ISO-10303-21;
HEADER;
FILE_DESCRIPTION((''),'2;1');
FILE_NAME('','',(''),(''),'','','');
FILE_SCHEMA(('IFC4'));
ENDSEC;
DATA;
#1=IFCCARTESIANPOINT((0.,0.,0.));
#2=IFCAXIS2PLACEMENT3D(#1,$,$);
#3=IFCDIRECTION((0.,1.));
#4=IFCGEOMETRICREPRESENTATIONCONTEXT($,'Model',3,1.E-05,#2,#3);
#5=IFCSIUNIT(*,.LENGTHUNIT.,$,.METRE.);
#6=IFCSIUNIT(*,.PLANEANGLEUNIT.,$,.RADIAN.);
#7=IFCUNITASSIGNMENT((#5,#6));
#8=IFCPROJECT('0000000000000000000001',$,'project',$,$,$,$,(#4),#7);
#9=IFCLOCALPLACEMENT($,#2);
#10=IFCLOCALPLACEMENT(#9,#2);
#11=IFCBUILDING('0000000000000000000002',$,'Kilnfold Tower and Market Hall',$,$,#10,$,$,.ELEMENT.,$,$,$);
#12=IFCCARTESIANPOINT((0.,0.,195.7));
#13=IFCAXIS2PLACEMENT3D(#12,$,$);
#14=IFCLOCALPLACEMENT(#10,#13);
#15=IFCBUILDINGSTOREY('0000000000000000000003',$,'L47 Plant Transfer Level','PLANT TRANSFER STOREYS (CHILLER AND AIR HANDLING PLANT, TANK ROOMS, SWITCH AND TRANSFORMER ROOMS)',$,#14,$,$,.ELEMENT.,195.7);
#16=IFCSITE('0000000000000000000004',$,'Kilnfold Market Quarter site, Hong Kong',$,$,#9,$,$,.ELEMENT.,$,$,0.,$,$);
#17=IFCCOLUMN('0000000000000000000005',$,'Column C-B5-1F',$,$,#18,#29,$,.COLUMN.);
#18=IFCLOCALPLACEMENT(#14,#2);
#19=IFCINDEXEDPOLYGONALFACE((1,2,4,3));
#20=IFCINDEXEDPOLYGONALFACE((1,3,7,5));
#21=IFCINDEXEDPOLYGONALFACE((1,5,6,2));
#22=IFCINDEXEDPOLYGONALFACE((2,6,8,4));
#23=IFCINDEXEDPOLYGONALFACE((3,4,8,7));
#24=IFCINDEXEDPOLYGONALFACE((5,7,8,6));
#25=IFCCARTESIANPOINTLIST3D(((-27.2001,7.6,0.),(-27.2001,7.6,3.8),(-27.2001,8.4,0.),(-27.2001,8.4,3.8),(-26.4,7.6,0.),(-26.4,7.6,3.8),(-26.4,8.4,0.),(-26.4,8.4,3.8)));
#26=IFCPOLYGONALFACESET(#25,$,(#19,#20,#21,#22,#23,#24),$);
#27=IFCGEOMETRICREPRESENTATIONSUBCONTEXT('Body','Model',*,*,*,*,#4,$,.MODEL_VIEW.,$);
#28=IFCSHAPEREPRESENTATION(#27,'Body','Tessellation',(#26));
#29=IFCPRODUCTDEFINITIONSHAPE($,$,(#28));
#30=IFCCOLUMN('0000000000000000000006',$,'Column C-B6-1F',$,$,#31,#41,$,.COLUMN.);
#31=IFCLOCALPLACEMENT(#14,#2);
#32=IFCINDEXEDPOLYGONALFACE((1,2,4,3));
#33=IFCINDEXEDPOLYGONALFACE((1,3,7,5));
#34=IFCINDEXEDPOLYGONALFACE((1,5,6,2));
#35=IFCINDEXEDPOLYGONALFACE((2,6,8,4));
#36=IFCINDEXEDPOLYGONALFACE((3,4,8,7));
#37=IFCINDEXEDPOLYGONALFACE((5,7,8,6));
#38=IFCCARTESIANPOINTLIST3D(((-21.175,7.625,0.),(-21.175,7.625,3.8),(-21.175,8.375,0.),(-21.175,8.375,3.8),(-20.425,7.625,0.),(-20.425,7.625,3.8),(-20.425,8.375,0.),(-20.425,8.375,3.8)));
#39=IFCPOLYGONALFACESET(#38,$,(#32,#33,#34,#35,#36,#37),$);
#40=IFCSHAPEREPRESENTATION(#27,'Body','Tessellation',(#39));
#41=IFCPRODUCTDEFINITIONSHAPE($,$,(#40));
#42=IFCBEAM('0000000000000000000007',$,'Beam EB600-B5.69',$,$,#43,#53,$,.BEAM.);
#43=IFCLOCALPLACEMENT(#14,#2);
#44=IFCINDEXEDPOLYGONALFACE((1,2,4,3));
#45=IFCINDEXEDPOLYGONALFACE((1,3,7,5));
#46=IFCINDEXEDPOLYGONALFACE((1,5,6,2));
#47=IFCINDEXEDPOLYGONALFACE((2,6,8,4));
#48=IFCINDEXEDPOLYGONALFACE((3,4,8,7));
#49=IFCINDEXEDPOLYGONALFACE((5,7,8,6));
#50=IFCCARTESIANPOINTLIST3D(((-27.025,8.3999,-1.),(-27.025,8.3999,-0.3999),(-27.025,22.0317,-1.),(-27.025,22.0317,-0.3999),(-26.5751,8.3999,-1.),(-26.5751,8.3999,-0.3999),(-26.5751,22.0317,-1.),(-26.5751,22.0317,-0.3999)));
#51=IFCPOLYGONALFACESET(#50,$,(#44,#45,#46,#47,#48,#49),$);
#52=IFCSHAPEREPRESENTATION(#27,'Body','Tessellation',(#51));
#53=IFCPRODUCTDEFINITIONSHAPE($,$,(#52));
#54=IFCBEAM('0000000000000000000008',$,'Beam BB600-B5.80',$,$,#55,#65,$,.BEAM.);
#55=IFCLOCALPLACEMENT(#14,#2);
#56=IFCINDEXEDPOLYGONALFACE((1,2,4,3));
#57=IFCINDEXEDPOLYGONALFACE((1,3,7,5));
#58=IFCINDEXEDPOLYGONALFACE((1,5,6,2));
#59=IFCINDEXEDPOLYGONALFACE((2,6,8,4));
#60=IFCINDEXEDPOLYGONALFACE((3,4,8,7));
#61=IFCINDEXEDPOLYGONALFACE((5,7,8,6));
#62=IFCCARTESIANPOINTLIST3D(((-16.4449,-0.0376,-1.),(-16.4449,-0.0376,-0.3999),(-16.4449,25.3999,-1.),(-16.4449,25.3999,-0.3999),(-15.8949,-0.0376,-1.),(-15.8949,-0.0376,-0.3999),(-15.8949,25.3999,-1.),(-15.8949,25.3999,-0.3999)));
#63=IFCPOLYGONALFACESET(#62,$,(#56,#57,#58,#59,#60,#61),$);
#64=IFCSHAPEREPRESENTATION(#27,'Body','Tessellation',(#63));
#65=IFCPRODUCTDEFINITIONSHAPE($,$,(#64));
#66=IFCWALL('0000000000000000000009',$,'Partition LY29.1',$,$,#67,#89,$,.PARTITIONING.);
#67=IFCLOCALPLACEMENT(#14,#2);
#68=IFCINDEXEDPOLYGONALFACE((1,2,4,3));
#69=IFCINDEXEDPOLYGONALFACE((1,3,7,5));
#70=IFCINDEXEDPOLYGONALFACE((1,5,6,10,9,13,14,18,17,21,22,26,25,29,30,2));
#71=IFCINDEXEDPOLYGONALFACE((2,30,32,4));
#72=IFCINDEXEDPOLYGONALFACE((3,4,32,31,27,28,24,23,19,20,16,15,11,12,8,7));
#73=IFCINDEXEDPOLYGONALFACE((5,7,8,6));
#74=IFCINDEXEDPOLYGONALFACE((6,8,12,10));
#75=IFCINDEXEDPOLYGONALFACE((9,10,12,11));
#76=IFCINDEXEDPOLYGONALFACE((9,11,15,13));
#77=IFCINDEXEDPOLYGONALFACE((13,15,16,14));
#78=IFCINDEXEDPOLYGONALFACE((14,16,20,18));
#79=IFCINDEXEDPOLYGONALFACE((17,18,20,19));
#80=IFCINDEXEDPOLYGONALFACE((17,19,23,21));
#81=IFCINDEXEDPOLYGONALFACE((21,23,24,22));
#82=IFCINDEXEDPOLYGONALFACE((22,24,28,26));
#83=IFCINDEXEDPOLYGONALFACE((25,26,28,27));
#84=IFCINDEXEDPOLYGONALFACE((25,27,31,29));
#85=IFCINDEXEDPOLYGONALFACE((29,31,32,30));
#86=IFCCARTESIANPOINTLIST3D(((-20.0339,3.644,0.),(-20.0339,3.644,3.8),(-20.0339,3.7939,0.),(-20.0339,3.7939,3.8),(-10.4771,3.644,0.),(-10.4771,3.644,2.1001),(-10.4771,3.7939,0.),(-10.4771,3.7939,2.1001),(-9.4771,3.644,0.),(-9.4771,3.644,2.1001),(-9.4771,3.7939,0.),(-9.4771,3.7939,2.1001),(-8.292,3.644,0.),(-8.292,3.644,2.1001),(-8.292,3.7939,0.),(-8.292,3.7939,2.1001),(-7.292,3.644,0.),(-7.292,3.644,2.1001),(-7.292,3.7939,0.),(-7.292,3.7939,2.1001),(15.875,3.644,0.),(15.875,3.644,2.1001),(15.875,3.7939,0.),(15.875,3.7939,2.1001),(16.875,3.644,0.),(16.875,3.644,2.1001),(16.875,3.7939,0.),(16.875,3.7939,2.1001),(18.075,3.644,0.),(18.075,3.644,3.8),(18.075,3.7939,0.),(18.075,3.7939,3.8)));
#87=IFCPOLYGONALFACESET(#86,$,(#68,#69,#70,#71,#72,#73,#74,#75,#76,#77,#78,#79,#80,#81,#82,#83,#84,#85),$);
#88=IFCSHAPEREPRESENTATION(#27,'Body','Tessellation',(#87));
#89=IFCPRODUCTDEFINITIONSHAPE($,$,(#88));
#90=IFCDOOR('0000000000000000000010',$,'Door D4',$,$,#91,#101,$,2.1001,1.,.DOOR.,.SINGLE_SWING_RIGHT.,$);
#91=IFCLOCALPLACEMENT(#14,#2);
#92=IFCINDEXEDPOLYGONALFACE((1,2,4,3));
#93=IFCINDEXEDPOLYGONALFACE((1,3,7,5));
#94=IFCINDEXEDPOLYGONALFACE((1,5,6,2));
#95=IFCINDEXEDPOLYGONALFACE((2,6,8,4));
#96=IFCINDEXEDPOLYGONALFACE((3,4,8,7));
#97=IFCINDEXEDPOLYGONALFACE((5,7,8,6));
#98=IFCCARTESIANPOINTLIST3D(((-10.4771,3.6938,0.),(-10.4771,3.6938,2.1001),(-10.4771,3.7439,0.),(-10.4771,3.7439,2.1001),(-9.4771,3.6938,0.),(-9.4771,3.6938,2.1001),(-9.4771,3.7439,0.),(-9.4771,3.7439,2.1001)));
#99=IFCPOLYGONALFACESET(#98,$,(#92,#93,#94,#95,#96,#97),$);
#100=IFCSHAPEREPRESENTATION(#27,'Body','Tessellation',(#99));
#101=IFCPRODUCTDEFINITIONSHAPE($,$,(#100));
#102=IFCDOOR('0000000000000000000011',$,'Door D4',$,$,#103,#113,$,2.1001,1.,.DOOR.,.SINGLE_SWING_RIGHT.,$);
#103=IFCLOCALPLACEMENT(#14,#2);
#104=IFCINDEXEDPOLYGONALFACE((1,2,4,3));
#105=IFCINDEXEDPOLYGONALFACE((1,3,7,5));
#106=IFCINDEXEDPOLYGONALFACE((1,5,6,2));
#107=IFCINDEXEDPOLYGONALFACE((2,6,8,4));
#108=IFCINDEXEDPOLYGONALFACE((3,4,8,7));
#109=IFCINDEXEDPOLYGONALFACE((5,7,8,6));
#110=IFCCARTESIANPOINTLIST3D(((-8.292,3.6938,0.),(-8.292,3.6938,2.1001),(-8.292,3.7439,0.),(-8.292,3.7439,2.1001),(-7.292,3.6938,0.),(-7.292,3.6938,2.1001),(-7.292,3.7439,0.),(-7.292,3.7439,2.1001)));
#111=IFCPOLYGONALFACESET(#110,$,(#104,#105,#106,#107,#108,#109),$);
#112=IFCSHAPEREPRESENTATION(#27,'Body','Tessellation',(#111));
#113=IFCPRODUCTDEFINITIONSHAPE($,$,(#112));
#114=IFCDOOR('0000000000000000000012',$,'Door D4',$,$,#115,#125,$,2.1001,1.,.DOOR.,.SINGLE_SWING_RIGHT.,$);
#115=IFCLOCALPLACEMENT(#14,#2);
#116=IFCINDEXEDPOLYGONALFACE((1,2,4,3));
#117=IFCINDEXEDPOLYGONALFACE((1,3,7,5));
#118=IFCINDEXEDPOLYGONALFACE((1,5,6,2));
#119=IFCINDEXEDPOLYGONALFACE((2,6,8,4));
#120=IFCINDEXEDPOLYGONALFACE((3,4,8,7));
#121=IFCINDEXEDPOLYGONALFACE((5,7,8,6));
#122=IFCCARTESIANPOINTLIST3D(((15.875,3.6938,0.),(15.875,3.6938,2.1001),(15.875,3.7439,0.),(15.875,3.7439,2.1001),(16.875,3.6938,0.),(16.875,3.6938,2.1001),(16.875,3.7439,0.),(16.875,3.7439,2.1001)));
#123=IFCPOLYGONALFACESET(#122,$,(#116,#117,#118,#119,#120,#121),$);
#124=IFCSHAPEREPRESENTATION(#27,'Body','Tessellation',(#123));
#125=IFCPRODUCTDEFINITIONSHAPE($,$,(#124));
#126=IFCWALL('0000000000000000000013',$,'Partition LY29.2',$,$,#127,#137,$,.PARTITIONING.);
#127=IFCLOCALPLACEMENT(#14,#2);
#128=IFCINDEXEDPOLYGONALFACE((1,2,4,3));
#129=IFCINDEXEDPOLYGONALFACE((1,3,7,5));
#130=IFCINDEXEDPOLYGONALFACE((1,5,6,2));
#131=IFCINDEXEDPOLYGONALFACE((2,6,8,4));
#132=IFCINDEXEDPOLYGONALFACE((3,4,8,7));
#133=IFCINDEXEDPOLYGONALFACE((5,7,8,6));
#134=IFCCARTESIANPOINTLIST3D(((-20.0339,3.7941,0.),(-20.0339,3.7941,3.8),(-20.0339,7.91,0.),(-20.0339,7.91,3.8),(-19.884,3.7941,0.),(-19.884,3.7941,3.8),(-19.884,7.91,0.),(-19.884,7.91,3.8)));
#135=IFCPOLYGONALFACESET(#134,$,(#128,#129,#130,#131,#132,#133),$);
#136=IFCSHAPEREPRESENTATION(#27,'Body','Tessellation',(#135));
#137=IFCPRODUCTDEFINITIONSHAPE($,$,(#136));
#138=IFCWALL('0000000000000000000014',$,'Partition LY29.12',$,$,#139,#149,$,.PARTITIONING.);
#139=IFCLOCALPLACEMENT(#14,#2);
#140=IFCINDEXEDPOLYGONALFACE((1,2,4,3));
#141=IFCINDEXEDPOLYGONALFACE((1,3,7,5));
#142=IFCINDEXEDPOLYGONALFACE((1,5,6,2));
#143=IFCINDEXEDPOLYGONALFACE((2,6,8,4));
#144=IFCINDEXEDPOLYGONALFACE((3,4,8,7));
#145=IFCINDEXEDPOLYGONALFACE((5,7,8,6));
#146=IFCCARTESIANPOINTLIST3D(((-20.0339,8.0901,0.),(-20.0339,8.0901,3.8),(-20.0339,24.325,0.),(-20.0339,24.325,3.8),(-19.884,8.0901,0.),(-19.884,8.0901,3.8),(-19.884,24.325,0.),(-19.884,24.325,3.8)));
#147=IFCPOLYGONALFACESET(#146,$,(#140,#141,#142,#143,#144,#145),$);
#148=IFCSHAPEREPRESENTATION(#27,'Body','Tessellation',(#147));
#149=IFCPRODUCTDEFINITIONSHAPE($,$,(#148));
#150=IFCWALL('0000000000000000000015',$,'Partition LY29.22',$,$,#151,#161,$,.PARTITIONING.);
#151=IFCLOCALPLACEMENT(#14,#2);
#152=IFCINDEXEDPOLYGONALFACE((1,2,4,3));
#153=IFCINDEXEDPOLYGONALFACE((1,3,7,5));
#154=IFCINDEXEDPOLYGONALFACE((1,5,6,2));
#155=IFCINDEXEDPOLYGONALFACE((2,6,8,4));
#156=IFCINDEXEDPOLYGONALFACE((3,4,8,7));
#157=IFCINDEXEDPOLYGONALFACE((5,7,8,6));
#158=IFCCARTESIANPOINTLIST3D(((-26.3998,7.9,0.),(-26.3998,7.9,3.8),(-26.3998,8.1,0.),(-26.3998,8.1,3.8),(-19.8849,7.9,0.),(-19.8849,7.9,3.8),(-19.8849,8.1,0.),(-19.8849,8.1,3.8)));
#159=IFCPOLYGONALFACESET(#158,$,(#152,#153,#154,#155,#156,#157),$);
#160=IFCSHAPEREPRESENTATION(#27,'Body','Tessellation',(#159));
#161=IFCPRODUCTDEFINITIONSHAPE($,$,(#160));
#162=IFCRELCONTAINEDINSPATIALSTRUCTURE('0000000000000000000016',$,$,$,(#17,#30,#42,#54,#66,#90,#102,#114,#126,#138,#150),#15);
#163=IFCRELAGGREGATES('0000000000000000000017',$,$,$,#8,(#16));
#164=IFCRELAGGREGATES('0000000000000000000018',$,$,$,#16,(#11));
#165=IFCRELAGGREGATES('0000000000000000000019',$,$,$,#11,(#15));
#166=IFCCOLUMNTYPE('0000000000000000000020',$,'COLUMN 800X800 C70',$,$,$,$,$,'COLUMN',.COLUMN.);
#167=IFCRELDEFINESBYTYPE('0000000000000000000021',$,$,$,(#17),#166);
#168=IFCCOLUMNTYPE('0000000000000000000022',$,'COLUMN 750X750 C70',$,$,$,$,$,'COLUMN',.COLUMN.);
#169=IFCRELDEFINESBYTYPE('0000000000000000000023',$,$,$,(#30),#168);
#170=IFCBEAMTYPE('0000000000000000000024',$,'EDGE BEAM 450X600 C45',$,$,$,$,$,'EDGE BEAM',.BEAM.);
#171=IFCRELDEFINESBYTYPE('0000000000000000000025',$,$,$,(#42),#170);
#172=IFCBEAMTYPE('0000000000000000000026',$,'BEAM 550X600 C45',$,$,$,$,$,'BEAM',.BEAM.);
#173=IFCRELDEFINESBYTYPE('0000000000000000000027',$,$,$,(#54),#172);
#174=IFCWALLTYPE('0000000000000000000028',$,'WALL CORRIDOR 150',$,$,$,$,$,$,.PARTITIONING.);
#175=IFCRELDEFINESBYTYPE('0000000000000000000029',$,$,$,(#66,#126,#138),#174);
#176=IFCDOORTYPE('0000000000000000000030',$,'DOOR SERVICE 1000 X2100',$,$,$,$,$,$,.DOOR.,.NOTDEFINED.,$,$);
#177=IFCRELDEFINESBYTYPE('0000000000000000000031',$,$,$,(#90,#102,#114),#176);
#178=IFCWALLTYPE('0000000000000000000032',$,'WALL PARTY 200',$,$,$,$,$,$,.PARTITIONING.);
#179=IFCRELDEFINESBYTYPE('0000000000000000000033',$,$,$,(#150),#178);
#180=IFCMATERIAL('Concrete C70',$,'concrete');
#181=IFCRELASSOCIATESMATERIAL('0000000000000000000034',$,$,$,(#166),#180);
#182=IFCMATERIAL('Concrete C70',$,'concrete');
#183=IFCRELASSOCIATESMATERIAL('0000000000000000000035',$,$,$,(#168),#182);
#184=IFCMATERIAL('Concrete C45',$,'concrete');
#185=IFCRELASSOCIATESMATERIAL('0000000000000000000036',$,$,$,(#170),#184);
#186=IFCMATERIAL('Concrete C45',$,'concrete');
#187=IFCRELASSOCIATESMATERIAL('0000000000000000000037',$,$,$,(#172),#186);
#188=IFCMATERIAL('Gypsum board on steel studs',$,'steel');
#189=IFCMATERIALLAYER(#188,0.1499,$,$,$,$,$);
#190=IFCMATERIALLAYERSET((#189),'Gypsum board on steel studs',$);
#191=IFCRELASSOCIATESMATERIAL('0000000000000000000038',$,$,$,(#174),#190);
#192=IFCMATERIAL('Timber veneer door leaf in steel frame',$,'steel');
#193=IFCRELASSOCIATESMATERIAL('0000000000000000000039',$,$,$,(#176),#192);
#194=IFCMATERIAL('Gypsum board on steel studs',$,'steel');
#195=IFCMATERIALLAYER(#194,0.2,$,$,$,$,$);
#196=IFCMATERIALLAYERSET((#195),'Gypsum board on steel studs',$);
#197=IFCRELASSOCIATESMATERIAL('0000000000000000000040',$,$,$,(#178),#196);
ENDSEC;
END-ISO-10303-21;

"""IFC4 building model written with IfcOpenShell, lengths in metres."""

from ifc_helpers import new_model, si_unit, direction, frame, frame_2d, origin, origin_2d, place, context, subcontext, project, spatial, rectangle, extrude, source, transform, mapped, material, layer, layer_set, material_profile, profile_set, type_object, element, fill, save


model = new_model("IFC4")

# Units and contexts
model_context = context("Model", 3, precision=1e-05, world=origin(), true_north=direction((0.0, 1.0)))
body_context = subcontext(model_context, "Body", "Model", "MODEL_VIEW")
ifc_project = project(units=[si_unit("LENGTHUNIT", "METRE"), si_unit("PLANEANGLEUNIT", "RADIAN")], contexts=[model_context])

# Site, building, storey
site_placement = place(None, origin())
site = spatial("IfcSite", under=ifc_project, at=site_placement, Name="Kilnfold Market Quarter site, Hong Kong", CompositionType="ELEMENT", RefElevation=0.0)
building_placement = place(site_placement, origin())
building = spatial("IfcBuilding", under=site, at=building_placement, Name="Kilnfold Tower and Market Hall", CompositionType="ELEMENT")
storey_placement = place(building_placement, frame((0.0, 0.0, 195.7)))
storey = spatial("IfcBuildingStorey", under=building, at=storey_placement, Name="L47 Plant Transfer Level", Description="PLANT TRANSFER STOREYS (CHILLER AND AIR HANDLING PLANT, TANK ROOMS, SWITCH AND TRANSFORMER ROOMS)", CompositionType="ELEMENT", Elevation=195.7)

# Columns
ifc_material_1 = material(Name="Concrete C70", Category="concrete")
ifc_material_profile_1 = material_profile(ifc_material_1, rectangle(XDim=0.8, YDim=0.8, at=origin_2d()), Name="RC 800x800")
ifc_profile_set_1 = profile_set([ifc_material_profile_1], Name="Concrete C70")
column_type_1 = type_object("IfcColumnType", Name="COLUMN 800X800 C70", ElementType="COLUMN", PredefinedType="COLUMN", material=ifc_profile_set_1)
shared_shape_1 = source(origin(), body_context, "Body", "SweptSolid", [
    extrude(rectangle(XDim=0.8, YDim=0.8, at=origin_2d()), origin(), (0.0, 0.0, 1.0), 3.8),
])
column_1_placement = place(storey_placement, frame((-26.8, 8.0, 0.0), z_axis=(0.0, 0.0, 1.0), x_axis=(1.0, 0.0, 0.0)))
element("IfcColumn", 1, at=column_1_placement, inside=storey, type_object=column_type_1, Name="Column C-B5-1F", PredefinedType="COLUMN", context=body_context, shape_type="MappedRepresentation", body=[
    mapped(shared_shape_1, transform((0.0, 0.0, 0.0))),
])
ifc_material_2 = material(Name="Concrete C70", Category="concrete")
ifc_material_profile_2 = material_profile(ifc_material_2, rectangle(XDim=0.75, YDim=0.75, at=origin_2d()), Name="RC 750x750")
ifc_profile_set_2 = profile_set([ifc_material_profile_2], Name="Concrete C70")
column_type_2 = type_object("IfcColumnType", Name="COLUMN 750X750 C70", ElementType="COLUMN", PredefinedType="COLUMN", material=ifc_profile_set_2)
shared_shape_2 = source(origin(), body_context, "Body", "SweptSolid", [
    extrude(rectangle(XDim=0.75, YDim=0.75, at=origin_2d()), origin(), (0.0, 0.0, 1.0), 3.8),
])
column_2_placement = place(storey_placement, frame((-20.8, 8.0, 0.0), z_axis=(0.0, 0.0, 1.0), x_axis=(1.0, 0.0, 0.0)))
element("IfcColumn", 2, at=column_2_placement, inside=storey, type_object=column_type_2, Name="Column C-B6-1F", PredefinedType="COLUMN", context=body_context, shape_type="MappedRepresentation", body=[
    mapped(shared_shape_2, transform((0.0, 0.0, 0.0))),
])

# Beams
ifc_material_3 = material(Name="Concrete C45", Category="concrete")
ifc_material_profile_3 = material_profile(ifc_material_3, rectangle(XDim=0.45, YDim=0.6001, at=origin_2d()), Name="RC 450x600")
ifc_profile_set_3 = profile_set([ifc_material_profile_3], Name="Concrete C45")
beam_type_1 = type_object("IfcBeamType", Name="EDGE BEAM 450X600 C45", ElementType="EDGE BEAM", PredefinedType="BEAM", material=ifc_profile_set_3)
shared_shape_3 = source(origin(), body_context, "Body", "SweptSolid", [
    extrude(rectangle(XDim=0.45, YDim=0.6001, at=origin_2d()), origin(), (0.0, 0.0, 1.0), 13.6318),
])
beam_1_placement = place(storey_placement, frame((-26.8, 8.3999, -0.7), z_axis=(0.0, 1.0, 0.0), x_axis=(-1.0, 0.0, 0.0)))
element("IfcBeam", 3, at=beam_1_placement, inside=storey, type_object=beam_type_1, Name="Beam EB600-B5.69", PredefinedType="BEAM", context=body_context, shape_type="MappedRepresentation", body=[
    mapped(shared_shape_3, transform((0.0, 0.0, 0.0))),
])
ifc_material_4 = material(Name="Concrete C45", Category="concrete")
ifc_material_profile_4 = material_profile(ifc_material_4, rectangle(XDim=0.55, YDim=0.6001, at=origin_2d()), Name="RC 550x600")
ifc_profile_set_4 = profile_set([ifc_material_profile_4], Name="Concrete C45")
beam_type_2 = type_object("IfcBeamType", Name="BEAM 550X600 C45", ElementType="BEAM", PredefinedType="BEAM", material=ifc_profile_set_4)
shared_shape_4 = source(origin(), body_context, "Body", "SweptSolid", [
    extrude(rectangle(XDim=0.55, YDim=0.6001, at=origin_2d()), origin(), (0.0, 0.0, 1.0), 25.4375),
])
beam_2_placement = place(storey_placement, frame((-16.1699, -0.0376, -0.7), z_axis=(0.0, 1.0, 0.0), x_axis=(-1.0, 0.0, 0.0)))
element("IfcBeam", 4, at=beam_2_placement, inside=storey, type_object=beam_type_2, Name="Beam BB600-B5.80", PredefinedType="BEAM", context=body_context, shape_type="MappedRepresentation", body=[
    mapped(shared_shape_4, transform((0.0, 0.0, 0.0))),
])

# Wall, openings, doors
ifc_material_5 = material(Name="Gypsum board on steel studs", Category="steel")
ifc_layer_1 = layer(ifc_material_5, 0.1499)
ifc_layer_set_1 = layer_set([ifc_layer_1], Name="Gypsum board on steel studs")
wall_type_1 = type_object("IfcWallType", Name="WALL CORRIDOR 150", PredefinedType="PARTITIONING", material=ifc_layer_set_1)
wall_1_placement = place(storey_placement, frame((-20.0339, 3.719, 0.0), z_axis=(0.0, 0.0, 1.0), x_axis=(1.0, 0.0, 0.0)))
wall_1 = element("IfcWall", 5, at=wall_1_placement, inside=storey, type_object=wall_type_1, Name="Partition LY29.1", PredefinedType="PARTITIONING", context=body_context, shape_type="SweptSolid", body=[
    extrude(rectangle(XDim=38.1089, YDim=0.1499, at=frame_2d((19.0544, 0.0))), origin(), (0.0, 0.0, 1.0), 3.8),
])
opening_1_placement = place(wall_1_placement, frame((9.5569, 0.0, 0.0)))
opening_1 = element("IfcOpeningElement", 6, at=opening_1_placement, cuts=wall_1, PredefinedType="OPENING", context=body_context, shape_type="SweptSolid", body=[
    extrude(rectangle(XDim=1.0, YDim=2.1001, at=frame_2d((0.5, 1.05))), frame((0.0, 0.085, 0.0), z_axis=(0.0, -1.0, 0.0), x_axis=(1.0, 0.0, 0.0)), (0.0, 0.0, 1.0), 0.1699),
])
opening_2_placement = place(wall_1_placement, frame((11.7419, 0.0, 0.0)))
opening_2 = element("IfcOpeningElement", 7, at=opening_2_placement, cuts=wall_1, PredefinedType="OPENING", context=body_context, shape_type="SweptSolid", body=[
    extrude(rectangle(XDim=1.0, YDim=2.1001, at=frame_2d((0.5, 1.05))), frame((0.0, 0.085, 0.0), z_axis=(0.0, -1.0, 0.0), x_axis=(1.0, 0.0, 0.0)), (0.0, 0.0, 1.0), 0.1699),
])
opening_3_placement = place(wall_1_placement, frame((35.9089, 0.0, 0.0)))
opening_3 = element("IfcOpeningElement", 8, at=opening_3_placement, cuts=wall_1, PredefinedType="OPENING", context=body_context, shape_type="SweptSolid", body=[
    extrude(rectangle(XDim=1.0, YDim=2.1001, at=frame_2d((0.5, 1.05))), frame((0.0, 0.085, 0.0), z_axis=(0.0, -1.0, 0.0), x_axis=(1.0, 0.0, 0.0)), (0.0, 0.0, 1.0), 0.1699),
])
ifc_material_6 = material(Name="Timber veneer door leaf in steel frame", Category="steel")
door_type_1 = type_object("IfcDoorType", Name="DOOR SERVICE 1000 X2100", OperationType="NOTDEFINED", PredefinedType="DOOR", material=ifc_material_6)
door_1_placement = place(opening_1_placement, origin())
door_1 = element("IfcDoor", 9, at=door_1_placement, inside=storey, type_object=door_type_1, Name="Door D4", OperationType="SINGLE_SWING_RIGHT", OverallHeight=2.1001, OverallWidth=1.0, PredefinedType="DOOR", context=body_context, shape_type="SweptSolid", body=[
    extrude(rectangle(XDim=1.0, YDim=2.1001, at=frame_2d((0.5, 1.05))), frame((0.0, 0.0249, 0.0), z_axis=(0.0, -1.0, 0.0), x_axis=(1.0, 0.0, 0.0)), (0.0, 0.0, 1.0), 0.05),
])
fill(opening_1, door_1)
door_2_placement = place(opening_2_placement, origin())
door_2 = element("IfcDoor", 10, at=door_2_placement, inside=storey, type_object=door_type_1, Name="Door D4", OperationType="SINGLE_SWING_RIGHT", OverallHeight=2.1001, OverallWidth=1.0, PredefinedType="DOOR", context=body_context, shape_type="SweptSolid", body=[
    extrude(rectangle(XDim=1.0, YDim=2.1001, at=frame_2d((0.5, 1.05))), frame((0.0, 0.0249, 0.0), z_axis=(0.0, -1.0, 0.0), x_axis=(1.0, 0.0, 0.0)), (0.0, 0.0, 1.0), 0.05),
])
fill(opening_2, door_2)
door_3_placement = place(opening_3_placement, origin())
door_3 = element("IfcDoor", 11, at=door_3_placement, inside=storey, type_object=door_type_1, Name="Door D4", OperationType="SINGLE_SWING_RIGHT", OverallHeight=2.1001, OverallWidth=1.0, PredefinedType="DOOR", context=body_context, shape_type="SweptSolid", body=[
    extrude(rectangle(XDim=1.0, YDim=2.1001, at=frame_2d((0.5, 1.05))), frame((0.0, 0.0249, 0.0), z_axis=(0.0, -1.0, 0.0), x_axis=(1.0, 0.0, 0.0)), (0.0, 0.0, 1.0), 0.05),
])
fill(opening_3, door_3)

# Walls
wall_2_placement = place(storey_placement, frame((-19.959, 3.7939, 0.0), z_axis=(0.0, 0.0, 1.0), x_axis=(0.0, 1.0, 0.0)))
element("IfcWall", 12, at=wall_2_placement, inside=storey, type_object=wall_type_1, Name="Partition LY29.2", PredefinedType="PARTITIONING", context=body_context, shape_type="SweptSolid", body=[
    extrude(rectangle(XDim=4.116, YDim=0.1499, at=frame_2d((2.0581, 0.0))), origin(), (0.0, 0.0, 1.0), 3.8),
])
wall_3_placement = place(storey_placement, frame((-19.959, 8.0901, 0.0), z_axis=(0.0, 0.0, 1.0), x_axis=(0.0, 1.0, 0.0)))
element("IfcWall", 13, at=wall_3_placement, inside=storey, type_object=wall_type_1, Name="Partition LY29.12", PredefinedType="PARTITIONING", context=body_context, shape_type="SweptSolid", body=[
    extrude(rectangle(XDim=16.2349, YDim=0.1499, at=frame_2d((8.1174, 0.0))), origin(), (0.0, 0.0, 1.0), 3.8),
])
ifc_material_7 = material(Name="Gypsum board on steel studs", Category="steel")
ifc_layer_2 = layer(ifc_material_7, 0.2)
ifc_layer_set_2 = layer_set([ifc_layer_2], Name="Gypsum board on steel studs")
wall_type_2 = type_object("IfcWallType", Name="WALL PARTY 200", PredefinedType="PARTITIONING", material=ifc_layer_set_2)
wall_4_placement = place(storey_placement, frame((-19.885, 8.0, 0.0), z_axis=(0.0, 0.0, 1.0), x_axis=(-1.0, 0.0, 0.0)))
element("IfcWall", 14, at=wall_4_placement, inside=storey, type_object=wall_type_2, Name="Partition LY29.22", PredefinedType="PARTITIONING", context=body_context, shape_type="SweptSolid", body=[
    extrude(rectangle(XDim=6.5149, YDim=0.2, at=frame_2d((3.2573, 0.0))), origin(), (0.0, 0.0, 1.0), 3.8),
])

save(model, "model.ifc")
